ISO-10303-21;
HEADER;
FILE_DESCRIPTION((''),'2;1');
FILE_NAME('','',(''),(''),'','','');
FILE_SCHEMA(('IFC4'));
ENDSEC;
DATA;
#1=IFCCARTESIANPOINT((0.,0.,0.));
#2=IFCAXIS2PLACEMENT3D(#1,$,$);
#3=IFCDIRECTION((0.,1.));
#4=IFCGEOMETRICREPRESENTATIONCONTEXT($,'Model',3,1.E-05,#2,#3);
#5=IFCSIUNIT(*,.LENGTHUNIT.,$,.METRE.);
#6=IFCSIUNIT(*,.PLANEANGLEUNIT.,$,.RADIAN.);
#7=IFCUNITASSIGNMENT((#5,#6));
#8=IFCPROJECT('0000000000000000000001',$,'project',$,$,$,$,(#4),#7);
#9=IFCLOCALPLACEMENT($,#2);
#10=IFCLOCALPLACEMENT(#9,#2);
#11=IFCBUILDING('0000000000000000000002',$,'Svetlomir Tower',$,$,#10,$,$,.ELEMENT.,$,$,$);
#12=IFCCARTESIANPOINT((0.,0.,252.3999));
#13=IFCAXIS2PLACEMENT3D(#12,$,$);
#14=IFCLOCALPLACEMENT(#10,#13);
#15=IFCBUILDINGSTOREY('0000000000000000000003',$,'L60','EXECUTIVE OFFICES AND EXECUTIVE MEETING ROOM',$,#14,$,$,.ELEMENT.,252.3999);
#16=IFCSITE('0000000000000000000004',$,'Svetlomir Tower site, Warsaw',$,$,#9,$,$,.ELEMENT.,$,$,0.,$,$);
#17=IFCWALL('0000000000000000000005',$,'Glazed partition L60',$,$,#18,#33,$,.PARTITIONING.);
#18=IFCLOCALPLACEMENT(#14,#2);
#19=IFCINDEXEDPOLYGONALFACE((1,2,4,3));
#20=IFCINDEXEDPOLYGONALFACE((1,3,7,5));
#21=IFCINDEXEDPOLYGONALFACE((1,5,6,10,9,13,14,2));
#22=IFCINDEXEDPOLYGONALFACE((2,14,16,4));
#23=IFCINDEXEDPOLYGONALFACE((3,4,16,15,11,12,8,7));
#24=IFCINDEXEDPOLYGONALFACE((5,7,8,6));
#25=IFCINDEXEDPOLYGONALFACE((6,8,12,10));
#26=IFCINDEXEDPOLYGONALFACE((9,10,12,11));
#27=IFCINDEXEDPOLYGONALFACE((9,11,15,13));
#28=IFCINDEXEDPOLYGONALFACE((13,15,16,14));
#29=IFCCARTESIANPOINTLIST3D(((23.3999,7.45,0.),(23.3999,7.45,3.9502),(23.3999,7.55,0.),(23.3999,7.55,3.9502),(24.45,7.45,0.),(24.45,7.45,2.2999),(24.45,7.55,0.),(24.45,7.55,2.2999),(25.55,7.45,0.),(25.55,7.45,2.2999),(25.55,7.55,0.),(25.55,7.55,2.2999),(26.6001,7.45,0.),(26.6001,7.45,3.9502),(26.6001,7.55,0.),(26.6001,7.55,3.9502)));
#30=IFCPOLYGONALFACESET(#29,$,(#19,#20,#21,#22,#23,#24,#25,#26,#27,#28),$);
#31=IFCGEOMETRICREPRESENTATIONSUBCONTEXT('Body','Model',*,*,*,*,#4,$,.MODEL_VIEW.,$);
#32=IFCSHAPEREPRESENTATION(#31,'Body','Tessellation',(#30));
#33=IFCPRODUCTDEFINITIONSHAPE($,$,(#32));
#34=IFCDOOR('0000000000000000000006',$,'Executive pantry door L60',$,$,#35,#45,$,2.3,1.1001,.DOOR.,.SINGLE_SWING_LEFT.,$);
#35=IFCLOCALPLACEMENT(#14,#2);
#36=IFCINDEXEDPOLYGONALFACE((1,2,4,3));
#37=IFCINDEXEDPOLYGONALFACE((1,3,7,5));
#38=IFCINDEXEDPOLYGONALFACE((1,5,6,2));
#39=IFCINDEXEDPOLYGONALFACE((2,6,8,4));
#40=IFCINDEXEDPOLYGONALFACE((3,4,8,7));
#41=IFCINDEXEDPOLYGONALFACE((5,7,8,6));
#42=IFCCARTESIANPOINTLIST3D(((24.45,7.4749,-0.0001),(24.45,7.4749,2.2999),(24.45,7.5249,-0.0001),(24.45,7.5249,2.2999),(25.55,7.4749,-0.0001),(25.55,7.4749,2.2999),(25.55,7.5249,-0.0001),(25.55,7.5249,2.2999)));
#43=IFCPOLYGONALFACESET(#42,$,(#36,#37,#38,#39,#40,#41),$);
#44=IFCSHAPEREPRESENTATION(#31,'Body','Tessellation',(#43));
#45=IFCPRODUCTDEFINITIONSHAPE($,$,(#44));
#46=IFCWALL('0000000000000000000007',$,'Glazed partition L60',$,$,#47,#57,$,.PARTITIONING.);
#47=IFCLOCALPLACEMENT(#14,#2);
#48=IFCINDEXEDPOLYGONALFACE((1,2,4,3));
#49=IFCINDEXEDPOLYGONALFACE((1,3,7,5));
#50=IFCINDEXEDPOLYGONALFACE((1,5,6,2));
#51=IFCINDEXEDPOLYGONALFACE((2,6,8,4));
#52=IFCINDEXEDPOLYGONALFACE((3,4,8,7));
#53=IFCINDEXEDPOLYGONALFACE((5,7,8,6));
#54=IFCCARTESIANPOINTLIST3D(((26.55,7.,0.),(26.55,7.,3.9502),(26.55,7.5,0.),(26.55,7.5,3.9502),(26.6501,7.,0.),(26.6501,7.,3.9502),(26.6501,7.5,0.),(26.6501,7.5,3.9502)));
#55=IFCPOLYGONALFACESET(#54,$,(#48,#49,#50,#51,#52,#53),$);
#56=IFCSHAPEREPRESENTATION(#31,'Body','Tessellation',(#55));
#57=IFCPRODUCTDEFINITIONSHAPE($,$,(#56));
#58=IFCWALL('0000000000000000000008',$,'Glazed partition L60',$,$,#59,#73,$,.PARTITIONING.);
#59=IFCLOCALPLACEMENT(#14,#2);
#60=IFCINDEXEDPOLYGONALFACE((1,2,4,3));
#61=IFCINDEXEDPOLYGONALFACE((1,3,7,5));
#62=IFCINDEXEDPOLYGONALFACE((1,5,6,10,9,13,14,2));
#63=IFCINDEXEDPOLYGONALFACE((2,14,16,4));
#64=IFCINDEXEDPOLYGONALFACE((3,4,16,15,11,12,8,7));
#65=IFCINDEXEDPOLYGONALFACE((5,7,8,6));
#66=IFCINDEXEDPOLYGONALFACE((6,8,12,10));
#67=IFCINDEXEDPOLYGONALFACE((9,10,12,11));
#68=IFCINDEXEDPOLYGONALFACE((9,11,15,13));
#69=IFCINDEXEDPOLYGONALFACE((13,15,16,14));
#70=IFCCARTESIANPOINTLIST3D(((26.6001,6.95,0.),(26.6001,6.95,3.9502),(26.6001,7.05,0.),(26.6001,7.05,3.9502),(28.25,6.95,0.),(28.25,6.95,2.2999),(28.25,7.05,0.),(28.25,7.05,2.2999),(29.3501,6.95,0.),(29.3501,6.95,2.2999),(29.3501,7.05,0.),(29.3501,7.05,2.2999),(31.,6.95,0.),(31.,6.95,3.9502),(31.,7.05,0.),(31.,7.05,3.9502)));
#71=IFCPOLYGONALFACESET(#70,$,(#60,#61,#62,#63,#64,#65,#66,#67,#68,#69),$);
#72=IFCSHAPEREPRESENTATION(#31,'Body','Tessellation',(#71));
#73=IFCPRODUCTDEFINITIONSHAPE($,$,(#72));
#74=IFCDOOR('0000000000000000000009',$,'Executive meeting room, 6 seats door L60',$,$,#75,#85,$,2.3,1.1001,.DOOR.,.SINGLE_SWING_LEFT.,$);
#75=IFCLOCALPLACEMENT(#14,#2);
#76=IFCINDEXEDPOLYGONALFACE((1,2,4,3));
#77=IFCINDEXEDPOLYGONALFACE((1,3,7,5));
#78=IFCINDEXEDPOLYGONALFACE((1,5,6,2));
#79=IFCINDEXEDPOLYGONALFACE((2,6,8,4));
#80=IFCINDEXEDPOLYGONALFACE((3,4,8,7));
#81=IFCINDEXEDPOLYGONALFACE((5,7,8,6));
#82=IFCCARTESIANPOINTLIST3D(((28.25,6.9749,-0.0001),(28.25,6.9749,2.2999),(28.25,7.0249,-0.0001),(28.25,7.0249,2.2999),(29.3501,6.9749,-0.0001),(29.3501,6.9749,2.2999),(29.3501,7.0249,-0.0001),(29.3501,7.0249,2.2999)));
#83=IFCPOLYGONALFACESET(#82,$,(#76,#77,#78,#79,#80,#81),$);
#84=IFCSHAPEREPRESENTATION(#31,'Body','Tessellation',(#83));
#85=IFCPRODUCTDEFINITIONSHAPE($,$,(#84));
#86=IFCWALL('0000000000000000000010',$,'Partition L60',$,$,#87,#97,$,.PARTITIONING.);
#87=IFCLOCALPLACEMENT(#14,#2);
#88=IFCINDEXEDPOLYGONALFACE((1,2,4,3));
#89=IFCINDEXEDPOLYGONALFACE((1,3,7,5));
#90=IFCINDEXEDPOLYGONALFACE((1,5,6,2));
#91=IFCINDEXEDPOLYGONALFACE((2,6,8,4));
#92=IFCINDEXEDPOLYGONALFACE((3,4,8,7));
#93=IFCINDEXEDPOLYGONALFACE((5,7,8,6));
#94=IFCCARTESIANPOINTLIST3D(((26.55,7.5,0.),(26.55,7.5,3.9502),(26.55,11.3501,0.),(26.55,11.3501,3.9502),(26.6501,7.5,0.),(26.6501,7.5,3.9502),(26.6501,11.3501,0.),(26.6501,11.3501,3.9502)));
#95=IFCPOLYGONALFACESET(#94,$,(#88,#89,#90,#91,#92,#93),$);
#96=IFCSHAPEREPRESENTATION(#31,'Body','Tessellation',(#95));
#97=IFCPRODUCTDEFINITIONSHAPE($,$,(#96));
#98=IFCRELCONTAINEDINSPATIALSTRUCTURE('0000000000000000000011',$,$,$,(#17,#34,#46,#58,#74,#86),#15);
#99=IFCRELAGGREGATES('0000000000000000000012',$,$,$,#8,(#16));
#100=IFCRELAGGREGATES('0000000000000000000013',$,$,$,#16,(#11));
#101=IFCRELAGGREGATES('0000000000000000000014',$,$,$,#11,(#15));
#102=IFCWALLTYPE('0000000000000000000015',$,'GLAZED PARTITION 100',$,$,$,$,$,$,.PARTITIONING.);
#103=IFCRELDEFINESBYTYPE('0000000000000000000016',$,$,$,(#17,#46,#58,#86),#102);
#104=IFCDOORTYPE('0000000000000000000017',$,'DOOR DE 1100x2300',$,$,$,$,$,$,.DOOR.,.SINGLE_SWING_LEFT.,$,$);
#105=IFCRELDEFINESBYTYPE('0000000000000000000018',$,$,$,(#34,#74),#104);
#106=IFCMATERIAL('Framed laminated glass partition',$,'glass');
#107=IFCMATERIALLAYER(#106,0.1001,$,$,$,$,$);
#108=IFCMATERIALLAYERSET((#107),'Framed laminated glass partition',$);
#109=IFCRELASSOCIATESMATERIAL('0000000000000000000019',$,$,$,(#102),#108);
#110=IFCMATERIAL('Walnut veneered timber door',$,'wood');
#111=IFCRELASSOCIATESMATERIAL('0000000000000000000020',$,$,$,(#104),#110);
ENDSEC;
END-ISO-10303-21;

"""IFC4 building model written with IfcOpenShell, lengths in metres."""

from ifc_helpers import new_model, si_unit, direction, frame, frame_2d, origin, place, context, subcontext, project, spatial, rectangle, extrude, material, layer, layer_set, type_object, element, fill, save


model = new_model("IFC4")

# Units and contexts
model_context = context("Model", 3, precision=1e-05, world=origin(), true_north=direction((0.0, 1.0)))
body_context = subcontext(model_context, "Body", "Model", "MODEL_VIEW")
ifc_project = project(units=[si_unit("LENGTHUNIT", "METRE"), si_unit("PLANEANGLEUNIT", "RADIAN")], contexts=[model_context])

# Site, building, storey
site_placement = place(None, origin())
site = spatial("IfcSite", under=ifc_project, at=site_placement, Name="Svetlomir Tower site, Warsaw", CompositionType="ELEMENT", RefElevation=0.0)
building_placement = place(site_placement, origin())
building = spatial("IfcBuilding", under=site, at=building_placement, Name="Svetlomir Tower", CompositionType="ELEMENT")
storey_placement = place(building_placement, frame((0.0, 0.0, 252.3999)))
storey = spatial("IfcBuildingStorey", under=building, at=storey_placement, Name="L60", Description="EXECUTIVE OFFICES AND EXECUTIVE MEETING ROOM", CompositionType="ELEMENT", Elevation=252.3999)

# Shared definitions
ifc_material_1 = material(Name="Framed laminated glass partition", Category="glass")
ifc_layer_1 = layer(ifc_material_1, 0.1001)
ifc_layer_set_1 = layer_set([ifc_layer_1], Name="Framed laminated glass partition")
wall_type_1 = type_object("IfcWallType", Name="GLAZED PARTITION 100", PredefinedType="PARTITIONING", material=ifc_layer_set_1)

# Wall, opening, door
wall_1_placement = place(storey_placement, frame((23.3999, 7.5, 0.0), z_axis=(0.0, 0.0, 1.0), x_axis=(1.0, 0.0, 0.0)))
wall_1 = element("IfcWall", 1, at=wall_1_placement, inside=storey, type_object=wall_type_1, Name="Glazed partition L60", PredefinedType="PARTITIONING", context=body_context, shape_type="SweptSolid", body=[
    extrude(rectangle(XDim=3.2002, YDim=0.1001, at=frame_2d((1.6001, 0.0))), origin(), (0.0, 0.0, 1.0), 3.9502),
])
opening_1_placement = place(wall_1_placement, frame((1.05, 0.0, 0.0)))
opening_1 = element("IfcOpeningElement", 2, at=opening_1_placement, cuts=wall_1, PredefinedType="OPENING", context=body_context, shape_type="SweptSolid", body=[
    extrude(rectangle(XDim=1.1001, YDim=2.3, at=frame_2d((0.55, 1.1499))), frame((0.0, 0.0601, 0.0), z_axis=(0.0, -1.0, 0.0), x_axis=(1.0, 0.0, 0.0)), (0.0, 0.0, 1.0), 0.1201),
])
ifc_material_2 = material(Name="Walnut veneered timber door", Category="wood")
door_type_1 = type_object("IfcDoorType", Name="DOOR DE 1100x2300", OperationType="SINGLE_SWING_LEFT", PredefinedType="DOOR", material=ifc_material_2)
door_1_placement = place(opening_1_placement, origin())
door_1 = element("IfcDoor", 3, at=door_1_placement, inside=storey, type_object=door_type_1, Name="Executive pantry door L60", OperationType="SINGLE_SWING_LEFT", OverallHeight=2.3, OverallWidth=1.1001, PredefinedType="DOOR", context=body_context, shape_type="SweptSolid", body=[
    extrude(rectangle(XDim=1.1001, YDim=2.3, at=frame_2d((0.55, 1.1499))), frame((0.0, 0.0249, 0.0), z_axis=(0.0, -1.0, 0.0), x_axis=(1.0, 0.0, 0.0)), (0.0, 0.0, 1.0), 0.05),
])
fill(opening_1, door_1)

# Wall
wall_2_placement = place(storey_placement, frame((26.6001, 7.0, 0.0), z_axis=(0.0, 0.0, 1.0), x_axis=(0.0, 1.0, 0.0)))
element("IfcWall", 4, at=wall_2_placement, inside=storey, type_object=wall_type_1, Name="Glazed partition L60", PredefinedType="PARTITIONING", context=body_context, shape_type="SweptSolid", body=[
    extrude(rectangle(XDim=0.5, YDim=0.1001, at=frame_2d((0.25, 0.0))), origin(), (0.0, 0.0, 1.0), 3.9502),
])

# Wall, opening, door
wall_3_placement = place(storey_placement, frame((26.6001, 7.0, 0.0), z_axis=(0.0, 0.0, 1.0), x_axis=(1.0, 0.0, 0.0)))
wall_3 = element("IfcWall", 5, at=wall_3_placement, inside=storey, type_object=wall_type_1, Name="Glazed partition L60", PredefinedType="PARTITIONING", context=body_context, shape_type="SweptSolid", body=[
    extrude(rectangle(XDim=4.3999, YDim=0.1001, at=frame_2d((2.2, 0.0))), origin(), (0.0, 0.0, 1.0), 3.9502),
])
opening_2_placement = place(wall_3_placement, frame((1.6499, 0.0, 0.0)))
opening_2 = element("IfcOpeningElement", 6, at=opening_2_placement, cuts=wall_3, PredefinedType="OPENING", context=body_context, shape_type="SweptSolid", body=[
    extrude(rectangle(XDim=1.1001, YDim=2.3, at=frame_2d((0.55, 1.1499))), frame((0.0, 0.0601, 0.0), z_axis=(0.0, -1.0, 0.0), x_axis=(1.0, 0.0, 0.0)), (0.0, 0.0, 1.0), 0.1201),
])
door_2_placement = place(opening_2_placement, origin())
door_2 = element("IfcDoor", 7, at=door_2_placement, inside=storey, type_object=door_type_1, Name="Executive meeting room, 6 seats door L60", OperationType="SINGLE_SWING_LEFT", OverallHeight=2.3, OverallWidth=1.1001, PredefinedType="DOOR", context=body_context, shape_type="SweptSolid", body=[
    extrude(rectangle(XDim=1.1001, YDim=2.3, at=frame_2d((0.55, 1.1499))), frame((0.0, 0.0249, 0.0), z_axis=(0.0, -1.0, 0.0), x_axis=(1.0, 0.0, 0.0)), (0.0, 0.0, 1.0), 0.05),
])
fill(opening_2, door_2)

# Wall
wall_4_placement = place(storey_placement, frame((26.6001, 7.5, 0.0), z_axis=(0.0, 0.0, 1.0), x_axis=(0.0, 1.0, 0.0)))
element("IfcWall", 8, at=wall_4_placement, inside=storey, type_object=wall_type_1, Name="Partition L60", PredefinedType="PARTITIONING", context=body_context, shape_type="SweptSolid", body=[
    extrude(rectangle(XDim=3.8501, YDim=0.1001, at=frame_2d((1.925, 0.0))), origin(), (0.0, 0.0, 1.0), 3.9502),
])

save(model, "model.ifc")
